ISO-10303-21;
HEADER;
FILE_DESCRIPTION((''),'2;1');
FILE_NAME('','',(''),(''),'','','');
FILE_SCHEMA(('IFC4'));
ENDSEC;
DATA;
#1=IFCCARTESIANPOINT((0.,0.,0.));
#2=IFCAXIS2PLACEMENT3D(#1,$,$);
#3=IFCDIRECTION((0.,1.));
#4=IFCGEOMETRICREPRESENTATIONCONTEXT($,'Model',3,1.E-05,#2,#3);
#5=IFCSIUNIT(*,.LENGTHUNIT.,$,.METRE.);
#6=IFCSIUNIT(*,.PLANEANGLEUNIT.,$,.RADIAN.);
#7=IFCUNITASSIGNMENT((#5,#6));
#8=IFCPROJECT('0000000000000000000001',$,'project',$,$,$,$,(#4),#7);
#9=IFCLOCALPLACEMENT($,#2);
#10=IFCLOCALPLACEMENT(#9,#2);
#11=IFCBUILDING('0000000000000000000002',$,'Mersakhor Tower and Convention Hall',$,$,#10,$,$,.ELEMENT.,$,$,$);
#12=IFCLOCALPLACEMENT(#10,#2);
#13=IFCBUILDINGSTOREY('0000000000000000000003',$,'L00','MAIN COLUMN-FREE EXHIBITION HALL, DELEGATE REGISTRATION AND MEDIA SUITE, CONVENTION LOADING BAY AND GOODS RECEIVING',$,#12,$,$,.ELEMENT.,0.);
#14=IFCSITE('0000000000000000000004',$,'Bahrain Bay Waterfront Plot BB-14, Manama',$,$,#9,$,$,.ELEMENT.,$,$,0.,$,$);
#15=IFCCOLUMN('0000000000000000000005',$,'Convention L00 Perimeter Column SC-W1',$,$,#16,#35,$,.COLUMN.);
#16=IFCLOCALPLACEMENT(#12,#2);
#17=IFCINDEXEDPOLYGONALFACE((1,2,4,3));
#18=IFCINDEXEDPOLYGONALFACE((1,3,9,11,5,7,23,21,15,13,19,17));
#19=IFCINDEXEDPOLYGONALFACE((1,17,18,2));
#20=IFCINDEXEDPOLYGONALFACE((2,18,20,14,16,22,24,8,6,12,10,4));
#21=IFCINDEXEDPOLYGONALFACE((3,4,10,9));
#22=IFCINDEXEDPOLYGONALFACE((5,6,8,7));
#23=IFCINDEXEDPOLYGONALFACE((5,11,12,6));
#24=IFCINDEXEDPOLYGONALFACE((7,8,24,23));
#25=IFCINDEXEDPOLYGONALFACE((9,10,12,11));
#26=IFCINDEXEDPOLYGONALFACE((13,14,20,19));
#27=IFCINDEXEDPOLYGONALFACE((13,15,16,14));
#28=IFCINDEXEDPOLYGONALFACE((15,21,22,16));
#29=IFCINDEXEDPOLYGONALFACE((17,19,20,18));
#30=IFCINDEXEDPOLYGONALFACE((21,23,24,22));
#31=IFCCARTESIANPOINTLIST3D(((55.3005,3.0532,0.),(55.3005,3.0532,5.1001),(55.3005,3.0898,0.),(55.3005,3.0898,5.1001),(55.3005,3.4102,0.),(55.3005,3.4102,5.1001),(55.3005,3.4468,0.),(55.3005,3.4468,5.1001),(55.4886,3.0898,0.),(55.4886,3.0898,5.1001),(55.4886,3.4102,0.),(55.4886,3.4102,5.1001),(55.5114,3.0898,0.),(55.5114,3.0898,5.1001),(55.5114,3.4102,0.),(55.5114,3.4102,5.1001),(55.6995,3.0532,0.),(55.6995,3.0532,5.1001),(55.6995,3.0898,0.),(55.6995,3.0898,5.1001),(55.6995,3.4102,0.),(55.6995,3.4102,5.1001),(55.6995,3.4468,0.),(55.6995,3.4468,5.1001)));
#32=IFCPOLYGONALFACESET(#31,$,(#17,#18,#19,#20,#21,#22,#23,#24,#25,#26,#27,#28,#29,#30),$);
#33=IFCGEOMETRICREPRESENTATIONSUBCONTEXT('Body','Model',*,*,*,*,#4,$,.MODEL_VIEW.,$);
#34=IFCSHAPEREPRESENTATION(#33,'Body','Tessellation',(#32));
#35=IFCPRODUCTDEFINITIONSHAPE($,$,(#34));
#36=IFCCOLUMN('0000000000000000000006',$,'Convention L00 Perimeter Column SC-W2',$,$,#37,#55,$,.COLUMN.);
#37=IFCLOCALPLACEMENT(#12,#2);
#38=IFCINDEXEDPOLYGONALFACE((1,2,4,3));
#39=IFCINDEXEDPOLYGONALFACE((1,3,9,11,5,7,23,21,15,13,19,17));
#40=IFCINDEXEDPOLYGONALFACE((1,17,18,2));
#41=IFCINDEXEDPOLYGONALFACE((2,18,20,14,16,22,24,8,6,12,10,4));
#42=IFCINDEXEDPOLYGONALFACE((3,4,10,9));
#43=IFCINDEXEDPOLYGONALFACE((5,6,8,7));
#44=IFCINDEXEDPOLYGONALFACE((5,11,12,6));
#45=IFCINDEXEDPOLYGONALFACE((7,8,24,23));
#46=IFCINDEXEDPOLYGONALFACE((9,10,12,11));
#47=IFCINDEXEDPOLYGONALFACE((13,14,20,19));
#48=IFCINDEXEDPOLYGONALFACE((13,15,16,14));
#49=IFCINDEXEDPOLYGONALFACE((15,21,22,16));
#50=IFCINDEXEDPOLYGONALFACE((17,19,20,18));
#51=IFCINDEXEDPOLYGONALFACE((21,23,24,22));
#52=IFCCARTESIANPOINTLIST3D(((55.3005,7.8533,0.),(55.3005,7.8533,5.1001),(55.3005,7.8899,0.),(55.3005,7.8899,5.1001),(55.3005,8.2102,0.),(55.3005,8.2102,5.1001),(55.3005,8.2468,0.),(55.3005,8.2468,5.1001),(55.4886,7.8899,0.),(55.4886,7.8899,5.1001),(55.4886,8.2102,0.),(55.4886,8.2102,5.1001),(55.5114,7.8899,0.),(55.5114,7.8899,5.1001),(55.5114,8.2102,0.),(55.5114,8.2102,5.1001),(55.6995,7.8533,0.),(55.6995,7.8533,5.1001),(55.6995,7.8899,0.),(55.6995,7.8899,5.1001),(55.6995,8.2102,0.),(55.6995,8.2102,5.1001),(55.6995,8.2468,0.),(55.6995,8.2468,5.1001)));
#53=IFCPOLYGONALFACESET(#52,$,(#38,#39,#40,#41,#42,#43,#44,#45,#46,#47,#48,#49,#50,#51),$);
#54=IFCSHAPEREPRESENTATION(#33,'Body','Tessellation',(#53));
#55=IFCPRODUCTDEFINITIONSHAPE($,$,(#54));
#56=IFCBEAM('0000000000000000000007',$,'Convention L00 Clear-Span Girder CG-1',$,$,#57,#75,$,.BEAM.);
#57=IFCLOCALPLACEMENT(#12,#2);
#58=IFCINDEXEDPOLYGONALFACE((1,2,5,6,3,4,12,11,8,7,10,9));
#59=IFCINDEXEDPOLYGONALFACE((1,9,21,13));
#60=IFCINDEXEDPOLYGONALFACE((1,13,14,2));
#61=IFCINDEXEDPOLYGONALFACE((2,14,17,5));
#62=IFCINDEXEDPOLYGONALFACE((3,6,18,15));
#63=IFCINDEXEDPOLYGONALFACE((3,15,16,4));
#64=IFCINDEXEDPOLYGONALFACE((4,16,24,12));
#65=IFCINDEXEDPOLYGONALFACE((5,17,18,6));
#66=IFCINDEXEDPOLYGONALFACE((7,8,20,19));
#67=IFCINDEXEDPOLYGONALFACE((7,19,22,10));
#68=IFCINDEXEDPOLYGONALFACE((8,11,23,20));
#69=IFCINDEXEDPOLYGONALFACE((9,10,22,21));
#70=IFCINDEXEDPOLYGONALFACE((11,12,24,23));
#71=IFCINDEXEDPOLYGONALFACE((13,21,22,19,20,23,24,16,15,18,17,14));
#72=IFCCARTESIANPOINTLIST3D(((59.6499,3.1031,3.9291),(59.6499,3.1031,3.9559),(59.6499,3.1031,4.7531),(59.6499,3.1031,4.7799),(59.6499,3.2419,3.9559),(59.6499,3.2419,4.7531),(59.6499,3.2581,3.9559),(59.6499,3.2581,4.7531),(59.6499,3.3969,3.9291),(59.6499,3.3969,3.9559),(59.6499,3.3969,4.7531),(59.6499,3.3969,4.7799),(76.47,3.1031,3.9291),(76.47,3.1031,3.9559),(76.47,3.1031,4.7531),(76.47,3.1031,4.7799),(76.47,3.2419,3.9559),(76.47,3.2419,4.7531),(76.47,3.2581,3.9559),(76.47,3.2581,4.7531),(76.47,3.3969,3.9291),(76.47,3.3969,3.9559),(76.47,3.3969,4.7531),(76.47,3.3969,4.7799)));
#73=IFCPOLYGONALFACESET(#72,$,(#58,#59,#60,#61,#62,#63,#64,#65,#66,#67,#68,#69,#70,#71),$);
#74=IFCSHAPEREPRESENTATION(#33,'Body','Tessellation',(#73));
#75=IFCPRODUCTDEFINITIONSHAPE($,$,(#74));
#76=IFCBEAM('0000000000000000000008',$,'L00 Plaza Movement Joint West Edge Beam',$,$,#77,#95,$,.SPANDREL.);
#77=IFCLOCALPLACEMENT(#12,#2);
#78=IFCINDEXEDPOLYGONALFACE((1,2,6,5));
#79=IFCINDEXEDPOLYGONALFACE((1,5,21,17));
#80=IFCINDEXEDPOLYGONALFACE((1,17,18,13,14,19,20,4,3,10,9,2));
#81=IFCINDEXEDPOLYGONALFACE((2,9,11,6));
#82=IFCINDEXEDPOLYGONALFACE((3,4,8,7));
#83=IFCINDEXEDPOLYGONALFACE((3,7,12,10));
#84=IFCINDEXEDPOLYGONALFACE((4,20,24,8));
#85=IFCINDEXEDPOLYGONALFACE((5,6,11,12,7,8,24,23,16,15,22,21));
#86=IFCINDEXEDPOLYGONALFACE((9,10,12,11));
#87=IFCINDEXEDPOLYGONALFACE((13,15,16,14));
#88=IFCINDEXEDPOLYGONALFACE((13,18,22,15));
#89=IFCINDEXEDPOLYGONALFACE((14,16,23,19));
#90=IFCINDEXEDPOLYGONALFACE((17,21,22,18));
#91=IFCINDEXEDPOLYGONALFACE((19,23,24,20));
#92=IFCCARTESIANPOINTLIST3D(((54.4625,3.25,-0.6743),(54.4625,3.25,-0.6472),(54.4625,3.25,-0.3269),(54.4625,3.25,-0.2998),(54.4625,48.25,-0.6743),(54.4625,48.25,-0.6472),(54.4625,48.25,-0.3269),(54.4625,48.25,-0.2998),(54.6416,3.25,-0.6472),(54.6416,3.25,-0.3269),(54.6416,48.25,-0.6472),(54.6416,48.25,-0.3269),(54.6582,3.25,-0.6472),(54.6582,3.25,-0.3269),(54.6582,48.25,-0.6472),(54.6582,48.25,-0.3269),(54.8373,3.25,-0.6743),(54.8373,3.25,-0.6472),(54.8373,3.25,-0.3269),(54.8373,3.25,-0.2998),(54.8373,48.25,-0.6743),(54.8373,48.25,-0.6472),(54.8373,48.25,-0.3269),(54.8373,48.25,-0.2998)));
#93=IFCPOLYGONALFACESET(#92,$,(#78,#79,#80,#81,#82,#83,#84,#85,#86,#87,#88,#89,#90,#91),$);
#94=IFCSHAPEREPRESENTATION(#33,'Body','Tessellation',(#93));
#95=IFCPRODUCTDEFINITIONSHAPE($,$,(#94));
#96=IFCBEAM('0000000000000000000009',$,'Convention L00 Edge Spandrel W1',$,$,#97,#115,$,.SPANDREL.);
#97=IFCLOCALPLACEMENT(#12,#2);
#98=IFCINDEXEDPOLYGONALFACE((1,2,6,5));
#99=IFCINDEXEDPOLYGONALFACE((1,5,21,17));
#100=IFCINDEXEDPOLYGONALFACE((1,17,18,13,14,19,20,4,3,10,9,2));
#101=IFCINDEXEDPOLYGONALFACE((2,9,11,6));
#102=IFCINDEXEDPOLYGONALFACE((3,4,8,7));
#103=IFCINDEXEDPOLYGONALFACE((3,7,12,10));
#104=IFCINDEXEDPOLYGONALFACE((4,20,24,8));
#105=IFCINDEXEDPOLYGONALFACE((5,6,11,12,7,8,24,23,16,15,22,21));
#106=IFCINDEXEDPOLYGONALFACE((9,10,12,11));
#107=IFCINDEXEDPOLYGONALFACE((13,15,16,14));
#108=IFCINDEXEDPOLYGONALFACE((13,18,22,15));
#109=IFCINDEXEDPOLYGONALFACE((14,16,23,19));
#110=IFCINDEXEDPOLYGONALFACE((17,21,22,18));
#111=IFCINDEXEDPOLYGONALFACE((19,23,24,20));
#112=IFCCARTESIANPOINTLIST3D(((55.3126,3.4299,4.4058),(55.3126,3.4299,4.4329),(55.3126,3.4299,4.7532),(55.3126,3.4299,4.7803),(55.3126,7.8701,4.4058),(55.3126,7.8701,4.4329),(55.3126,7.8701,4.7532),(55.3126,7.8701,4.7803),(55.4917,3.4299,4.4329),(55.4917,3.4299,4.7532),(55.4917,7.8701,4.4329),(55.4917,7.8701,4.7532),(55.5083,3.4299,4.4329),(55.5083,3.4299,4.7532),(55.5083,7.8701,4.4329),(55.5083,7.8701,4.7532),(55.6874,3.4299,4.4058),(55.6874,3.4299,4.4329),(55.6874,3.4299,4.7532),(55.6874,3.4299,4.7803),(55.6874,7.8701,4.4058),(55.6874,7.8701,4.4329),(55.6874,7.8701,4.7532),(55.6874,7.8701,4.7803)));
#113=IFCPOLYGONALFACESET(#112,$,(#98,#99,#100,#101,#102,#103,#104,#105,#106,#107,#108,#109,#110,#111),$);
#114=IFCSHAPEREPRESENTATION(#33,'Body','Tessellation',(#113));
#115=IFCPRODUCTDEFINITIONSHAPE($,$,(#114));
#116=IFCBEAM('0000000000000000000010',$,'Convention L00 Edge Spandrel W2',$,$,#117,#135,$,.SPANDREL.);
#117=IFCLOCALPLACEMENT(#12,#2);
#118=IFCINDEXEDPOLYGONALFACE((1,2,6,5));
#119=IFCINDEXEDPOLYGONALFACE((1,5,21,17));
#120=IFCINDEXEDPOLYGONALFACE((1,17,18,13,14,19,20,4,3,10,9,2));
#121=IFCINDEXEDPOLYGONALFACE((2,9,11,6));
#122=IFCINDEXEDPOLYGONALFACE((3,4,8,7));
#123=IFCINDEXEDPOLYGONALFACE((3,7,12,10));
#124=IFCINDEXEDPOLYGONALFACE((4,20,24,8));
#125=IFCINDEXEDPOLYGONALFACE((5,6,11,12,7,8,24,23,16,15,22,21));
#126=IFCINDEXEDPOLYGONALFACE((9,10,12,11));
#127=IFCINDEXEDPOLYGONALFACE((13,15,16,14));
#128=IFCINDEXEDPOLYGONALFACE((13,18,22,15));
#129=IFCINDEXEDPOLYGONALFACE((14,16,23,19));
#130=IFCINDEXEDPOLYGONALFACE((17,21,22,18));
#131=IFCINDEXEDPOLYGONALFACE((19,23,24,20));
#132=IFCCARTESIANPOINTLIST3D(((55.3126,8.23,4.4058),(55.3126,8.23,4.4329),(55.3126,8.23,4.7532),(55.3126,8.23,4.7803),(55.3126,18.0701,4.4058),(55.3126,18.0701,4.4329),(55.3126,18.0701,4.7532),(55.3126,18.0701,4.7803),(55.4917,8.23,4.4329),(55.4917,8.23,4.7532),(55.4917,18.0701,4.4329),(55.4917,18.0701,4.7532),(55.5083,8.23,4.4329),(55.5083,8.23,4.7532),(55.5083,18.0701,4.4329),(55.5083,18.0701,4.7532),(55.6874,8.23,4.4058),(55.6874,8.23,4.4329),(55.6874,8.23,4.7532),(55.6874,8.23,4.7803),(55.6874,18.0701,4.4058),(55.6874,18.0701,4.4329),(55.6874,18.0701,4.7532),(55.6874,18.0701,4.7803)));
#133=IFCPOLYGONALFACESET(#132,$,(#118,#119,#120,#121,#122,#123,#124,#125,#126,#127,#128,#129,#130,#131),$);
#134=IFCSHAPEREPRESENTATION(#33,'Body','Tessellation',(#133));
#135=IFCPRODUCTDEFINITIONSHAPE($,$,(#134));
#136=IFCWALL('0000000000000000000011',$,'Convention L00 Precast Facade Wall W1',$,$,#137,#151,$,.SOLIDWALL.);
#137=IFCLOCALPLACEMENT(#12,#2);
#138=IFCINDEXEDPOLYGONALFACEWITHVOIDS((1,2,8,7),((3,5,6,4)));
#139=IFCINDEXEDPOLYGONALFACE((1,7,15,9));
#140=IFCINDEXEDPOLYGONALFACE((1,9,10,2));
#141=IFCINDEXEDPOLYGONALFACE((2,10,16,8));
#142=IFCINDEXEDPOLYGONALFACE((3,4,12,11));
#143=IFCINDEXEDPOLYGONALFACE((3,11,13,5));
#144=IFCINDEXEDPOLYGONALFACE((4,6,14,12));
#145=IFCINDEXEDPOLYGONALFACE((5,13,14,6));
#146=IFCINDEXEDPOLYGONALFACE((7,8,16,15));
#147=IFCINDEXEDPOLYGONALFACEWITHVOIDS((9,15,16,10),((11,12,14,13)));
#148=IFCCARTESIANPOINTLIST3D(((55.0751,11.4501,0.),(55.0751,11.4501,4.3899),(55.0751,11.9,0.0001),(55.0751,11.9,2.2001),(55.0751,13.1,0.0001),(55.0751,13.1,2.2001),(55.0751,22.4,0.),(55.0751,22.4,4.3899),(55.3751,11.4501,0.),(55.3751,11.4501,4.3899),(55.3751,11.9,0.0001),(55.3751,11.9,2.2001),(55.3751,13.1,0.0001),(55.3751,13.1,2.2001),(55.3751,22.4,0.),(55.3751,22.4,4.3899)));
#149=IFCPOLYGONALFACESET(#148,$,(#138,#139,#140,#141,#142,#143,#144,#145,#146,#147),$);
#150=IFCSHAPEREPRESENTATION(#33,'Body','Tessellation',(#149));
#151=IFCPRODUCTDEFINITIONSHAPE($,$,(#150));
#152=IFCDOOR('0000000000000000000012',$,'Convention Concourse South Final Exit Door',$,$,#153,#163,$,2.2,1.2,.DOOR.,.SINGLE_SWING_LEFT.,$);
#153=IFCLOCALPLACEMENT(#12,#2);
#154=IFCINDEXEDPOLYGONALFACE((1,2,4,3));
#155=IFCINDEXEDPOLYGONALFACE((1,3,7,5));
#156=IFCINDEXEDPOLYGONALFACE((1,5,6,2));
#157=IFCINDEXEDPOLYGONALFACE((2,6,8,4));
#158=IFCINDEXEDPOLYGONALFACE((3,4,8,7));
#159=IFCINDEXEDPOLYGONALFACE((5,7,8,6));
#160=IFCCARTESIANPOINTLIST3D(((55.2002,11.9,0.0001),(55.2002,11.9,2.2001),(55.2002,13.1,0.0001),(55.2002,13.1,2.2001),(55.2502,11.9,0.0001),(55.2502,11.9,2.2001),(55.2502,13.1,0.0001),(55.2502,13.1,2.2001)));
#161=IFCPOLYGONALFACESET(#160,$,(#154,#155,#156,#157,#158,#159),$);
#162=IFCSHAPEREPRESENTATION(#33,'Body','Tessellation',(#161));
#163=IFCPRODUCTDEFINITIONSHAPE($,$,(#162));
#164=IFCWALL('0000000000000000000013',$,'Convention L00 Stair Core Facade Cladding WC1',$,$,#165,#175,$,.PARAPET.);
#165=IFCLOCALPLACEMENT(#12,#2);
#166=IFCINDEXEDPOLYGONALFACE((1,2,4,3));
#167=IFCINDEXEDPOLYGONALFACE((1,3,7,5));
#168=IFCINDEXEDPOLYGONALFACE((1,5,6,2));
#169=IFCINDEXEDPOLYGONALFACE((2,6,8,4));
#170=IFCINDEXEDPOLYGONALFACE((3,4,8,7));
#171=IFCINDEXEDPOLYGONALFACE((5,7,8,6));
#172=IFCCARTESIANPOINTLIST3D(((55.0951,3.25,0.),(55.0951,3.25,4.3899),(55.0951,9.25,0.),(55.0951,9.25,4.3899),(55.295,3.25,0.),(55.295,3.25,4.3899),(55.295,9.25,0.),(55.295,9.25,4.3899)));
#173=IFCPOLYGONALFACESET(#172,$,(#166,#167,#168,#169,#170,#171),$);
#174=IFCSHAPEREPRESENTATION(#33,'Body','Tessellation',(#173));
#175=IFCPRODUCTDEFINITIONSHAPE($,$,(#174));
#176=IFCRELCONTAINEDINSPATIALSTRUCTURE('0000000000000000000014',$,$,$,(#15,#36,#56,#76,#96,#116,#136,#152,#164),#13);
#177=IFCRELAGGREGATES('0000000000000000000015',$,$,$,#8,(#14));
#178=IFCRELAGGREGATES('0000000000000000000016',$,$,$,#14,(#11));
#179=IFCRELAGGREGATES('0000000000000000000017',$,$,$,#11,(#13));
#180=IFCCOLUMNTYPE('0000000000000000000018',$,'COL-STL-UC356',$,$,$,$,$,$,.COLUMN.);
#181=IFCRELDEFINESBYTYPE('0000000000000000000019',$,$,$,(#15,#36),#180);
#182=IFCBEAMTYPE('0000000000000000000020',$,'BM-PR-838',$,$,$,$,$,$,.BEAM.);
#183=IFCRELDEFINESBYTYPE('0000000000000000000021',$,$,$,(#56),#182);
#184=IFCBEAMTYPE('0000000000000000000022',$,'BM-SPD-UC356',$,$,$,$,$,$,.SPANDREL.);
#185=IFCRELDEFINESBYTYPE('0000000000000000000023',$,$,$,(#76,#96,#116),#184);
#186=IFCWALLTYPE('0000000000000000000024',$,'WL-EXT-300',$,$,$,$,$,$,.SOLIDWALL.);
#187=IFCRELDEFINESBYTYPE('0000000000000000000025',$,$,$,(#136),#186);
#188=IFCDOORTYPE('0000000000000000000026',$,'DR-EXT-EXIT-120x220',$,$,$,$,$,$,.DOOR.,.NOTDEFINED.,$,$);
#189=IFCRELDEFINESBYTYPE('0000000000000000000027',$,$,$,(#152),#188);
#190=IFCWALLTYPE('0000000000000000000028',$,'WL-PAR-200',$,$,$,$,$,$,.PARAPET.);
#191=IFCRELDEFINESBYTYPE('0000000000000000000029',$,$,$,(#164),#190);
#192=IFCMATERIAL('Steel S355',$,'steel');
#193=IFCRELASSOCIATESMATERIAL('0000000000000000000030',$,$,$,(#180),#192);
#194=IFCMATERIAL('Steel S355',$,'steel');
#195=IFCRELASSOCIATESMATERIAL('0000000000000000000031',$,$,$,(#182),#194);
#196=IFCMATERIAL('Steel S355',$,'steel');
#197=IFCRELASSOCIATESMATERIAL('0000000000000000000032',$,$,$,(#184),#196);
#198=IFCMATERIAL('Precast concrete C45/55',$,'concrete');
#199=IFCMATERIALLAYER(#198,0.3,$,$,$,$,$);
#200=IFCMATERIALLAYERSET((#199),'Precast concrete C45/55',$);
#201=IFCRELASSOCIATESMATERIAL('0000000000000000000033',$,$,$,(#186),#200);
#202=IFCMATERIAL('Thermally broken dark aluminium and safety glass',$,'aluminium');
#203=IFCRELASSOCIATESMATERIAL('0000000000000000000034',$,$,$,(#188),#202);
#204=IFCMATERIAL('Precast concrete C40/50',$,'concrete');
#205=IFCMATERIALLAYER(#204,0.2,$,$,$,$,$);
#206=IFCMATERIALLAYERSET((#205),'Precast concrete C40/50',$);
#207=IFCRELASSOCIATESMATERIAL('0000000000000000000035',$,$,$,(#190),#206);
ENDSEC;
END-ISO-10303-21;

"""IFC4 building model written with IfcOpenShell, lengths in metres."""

from ifc_helpers import new_model, si_unit, direction, frame, frame_2d, origin, origin_2d, place, context, subcontext, project, spatial, rectangle, i_section, extrude, material, layer, layer_set, material_profile, profile_set, type_object, element, fill, save


model = new_model("IFC4")

# Units and contexts
model_context = context("Model", 3, precision=1e-05, world=origin(), true_north=direction((0.0, 1.0)))
body_context = subcontext(model_context, "Body", "Model", "MODEL_VIEW")
ifc_project = project(units=[si_unit("LENGTHUNIT", "METRE"), si_unit("PLANEANGLEUNIT", "RADIAN")], contexts=[model_context])

# Site, building, storey
site_placement = place(None, origin())
site = spatial("IfcSite", under=ifc_project, at=site_placement, Name="Bahrain Bay Waterfront Plot BB-14, Manama", CompositionType="ELEMENT", RefElevation=0.0)
building_placement = place(site_placement, origin())
building = spatial("IfcBuilding", under=site, at=building_placement, Name="Mersakhor Tower and Convention Hall", CompositionType="ELEMENT")
storey_placement = place(building_placement, origin())
storey = spatial("IfcBuildingStorey", under=building, at=storey_placement, Name="L00", Description="MAIN COLUMN-FREE EXHIBITION HALL, DELEGATE REGISTRATION AND MEDIA SUITE, CONVENTION LOADING BAY AND GOODS RECEIVING", CompositionType="ELEMENT", Elevation=0.0)

# Columns
ifc_material_1 = material(Name="Steel S355", Category="steel")
ifc_material_profile_1 = material_profile(ifc_material_1, i_section(OverallWidth=0.3989, OverallDepth=0.3936, WebThickness=0.0227, FlangeThickness=0.0366, at=origin_2d()), Name="UC 356x406x287")
ifc_profile_set_1 = profile_set([ifc_material_profile_1], Name="Steel S355")
column_type = type_object("IfcColumnType", Name="COL-STL-UC356", PredefinedType="COLUMN", material=ifc_profile_set_1)
for number, where, z_axis, x_axis, name in (
    (1, (55.5, 3.25, 0.0), (0.0, 0.0, 1.0), (1.0, 0.0, 0.0), "Convention L00 Perimeter Column SC-W1"),
    (2, (55.5, 8.05, 0.0), (0.0, 0.0, 1.0), (1.0, 0.0, 0.0), "Convention L00 Perimeter Column SC-W2"),
):
    element("IfcColumn", number, at=place(storey_placement, frame(where, z_axis=z_axis, x_axis=x_axis)), inside=storey, type_object=column_type, Name=name, PredefinedType="COLUMN", context=body_context, shape_type="SweptSolid", body=[
        extrude(i_section(OverallWidth=0.3989, OverallDepth=0.3936, WebThickness=0.0227, FlangeThickness=0.0366, at=origin_2d()), origin(), (0.0, 0.0, 1.0), 5.1001),
    ])

# Beams
ifc_material_2 = material(Name="Steel S355", Category="steel")
ifc_material_profile_2 = material_profile(ifc_material_2, i_section(OverallWidth=0.2937, OverallDepth=0.8508, WebThickness=0.0161, FlangeThickness=0.0269, at=origin_2d()), Name="UB 838x292x226")
ifc_profile_set_2 = profile_set([ifc_material_profile_2], Name="Steel S355")
beam_type_1 = type_object("IfcBeamType", Name="BM-PR-838", PredefinedType="BEAM", material=ifc_profile_set_2)
beam_1_placement = place(storey_placement, frame((59.6499, 3.25, 4.3545), z_axis=(1.0, 0.0, 0.0), x_axis=(0.0, 1.0, 0.0)))
element("IfcBeam", 3, at=beam_1_placement, inside=storey, type_object=beam_type_1, Name="Convention L00 Clear-Span Girder CG-1", PredefinedType="BEAM", context=body_context, shape_type="SweptSolid", body=[
    extrude(i_section(OverallWidth=0.2937, OverallDepth=0.8508, WebThickness=0.0161, FlangeThickness=0.0269, at=origin_2d()), origin(), (0.0, 0.0, 1.0), 16.8201),
])
ifc_material_3 = material(Name="Steel S355", Category="steel")
ifc_material_profile_3 = material_profile(ifc_material_3, i_section(OverallWidth=0.3748, OverallDepth=0.3745, WebThickness=0.0166, FlangeThickness=0.0271, at=origin_2d()), Name="UC 356x368x202")
ifc_profile_set_3 = profile_set([ifc_material_profile_3], Name="Steel S355")
beam_type_2 = type_object("IfcBeamType", Name="BM-SPD-UC356", PredefinedType="SPANDREL", material=ifc_profile_set_3)
beam_2_placement = place(storey_placement, frame((54.6499, 3.25, -0.4871), z_axis=(0.0, 1.0, 0.0), x_axis=(-1.0, 0.0, 0.0)))
element("IfcBeam", 4, at=beam_2_placement, inside=storey, type_object=beam_type_2, Name="L00 Plaza Movement Joint West Edge Beam", PredefinedType="SPANDREL", context=body_context, shape_type="SweptSolid", body=[
    extrude(i_section(OverallWidth=0.3748, OverallDepth=0.3745, WebThickness=0.0166, FlangeThickness=0.0271, at=origin_2d()), origin(), (0.0, 0.0, 1.0), 45.0),
])
beam_3_placement = place(storey_placement, frame((55.5, 3.4299, 4.593), z_axis=(0.0, 1.0, 0.0), x_axis=(-1.0, 0.0, 0.0)))
element("IfcBeam", 5, at=beam_3_placement, inside=storey, type_object=beam_type_2, Name="Convention L00 Edge Spandrel W1", PredefinedType="SPANDREL", context=body_context, shape_type="SweptSolid", body=[
    extrude(i_section(OverallWidth=0.3748, OverallDepth=0.3745, WebThickness=0.0166, FlangeThickness=0.0271, at=origin_2d()), origin(), (0.0, 0.0, 1.0), 4.4402),
])
beam_4_placement = place(storey_placement, frame((55.5, 8.23, 4.593), z_axis=(0.0, 1.0, 0.0), x_axis=(-1.0, 0.0, 0.0)))
element("IfcBeam", 6, at=beam_4_placement, inside=storey, type_object=beam_type_2, Name="Convention L00 Edge Spandrel W2", PredefinedType="SPANDREL", context=body_context, shape_type="SweptSolid", body=[
    extrude(i_section(OverallWidth=0.3748, OverallDepth=0.3745, WebThickness=0.0166, FlangeThickness=0.0271, at=origin_2d()), origin(), (0.0, 0.0, 1.0), 9.8401),
])

# Wall, opening, door
ifc_material_4 = material(Name="Precast concrete C45/55", Category="concrete")
ifc_layer_1 = layer(ifc_material_4, 0.3)
ifc_layer_set_1 = layer_set([ifc_layer_1], Name="Precast concrete C45/55")
wall_type_1 = type_object("IfcWallType", Name="WL-EXT-300", PredefinedType="SOLIDWALL", material=ifc_layer_set_1)
wall_1_placement = place(storey_placement, frame((55.2251, 11.45, 0.0), z_axis=(0.0, 0.0, 1.0), x_axis=(0.0, 1.0, 0.0)))
wall_1 = element("IfcWall", 7, at=wall_1_placement, inside=storey, type_object=wall_type_1, Name="Convention L00 Precast Facade Wall W1", PredefinedType="SOLIDWALL", context=body_context, shape_type="SweptSolid", body=[
    extrude(rectangle(XDim=10.95, YDim=0.3, at=frame_2d((5.4751, 0.0))), origin(), (0.0, 0.0, 1.0), 4.3899),
])
opening_1_placement = place(wall_1_placement, frame((0.45, 0.0, 0.0)))
opening_1 = element("IfcOpeningElement", 8, at=opening_1_placement, cuts=wall_1, PredefinedType="OPENING", context=body_context, shape_type="SweptSolid", body=[
    extrude(rectangle(XDim=1.2, YDim=2.2, at=frame_2d((0.6001, 1.1001))), frame((0.0, 0.1599, 0.0), z_axis=(0.0, -1.0, 0.0), x_axis=(1.0, 0.0, 0.0)), (0.0, 0.0, 1.0), 0.3201),
])
ifc_material_5 = material(Name="Thermally broken dark aluminium and safety glass", Category="aluminium")
door_type_1 = type_object("IfcDoorType", Name="DR-EXT-EXIT-120x220", OperationType="NOTDEFINED", PredefinedType="DOOR", material=ifc_material_5)
door_1_placement = place(opening_1_placement, origin())
door_1 = element("IfcDoor", 9, at=door_1_placement, inside=storey, type_object=door_type_1, Name="Convention Concourse South Final Exit Door", OperationType="SINGLE_SWING_LEFT", OverallHeight=2.2, OverallWidth=1.2, PredefinedType="DOOR", context=body_context, shape_type="SweptSolid", body=[
    extrude(rectangle(XDim=1.2, YDim=2.2, at=frame_2d((0.6001, 1.1001))), frame((0.0, 0.0249, 0.0), z_axis=(0.0, -1.0, 0.0), x_axis=(1.0, 0.0, 0.0)), (0.0, 0.0, 1.0), 0.05),
])
fill(opening_1, door_1)

# Wall
ifc_material_6 = material(Name="Precast concrete C40/50", Category="concrete")
ifc_layer_2 = layer(ifc_material_6, 0.2)
ifc_layer_set_2 = layer_set([ifc_layer_2], Name="Precast concrete C40/50")
wall_type_2 = type_object("IfcWallType", Name="WL-PAR-200", PredefinedType="PARAPET", material=ifc_layer_set_2)
wall_2_placement = place(storey_placement, frame((55.1951, 3.25, 0.0), z_axis=(0.0, 0.0, 1.0), x_axis=(0.0, 1.0, 0.0)))
element("IfcWall", 10, at=wall_2_placement, inside=storey, type_object=wall_type_2, Name="Convention L00 Stair Core Facade Cladding WC1", PredefinedType="PARAPET", context=body_context, shape_type="SweptSolid", body=[
    extrude(rectangle(XDim=6.0, YDim=0.2, at=frame_2d((3.0, 0.0))), origin(), (0.0, 0.0, 1.0), 4.3899),
])

save(model, "model.ifc")
